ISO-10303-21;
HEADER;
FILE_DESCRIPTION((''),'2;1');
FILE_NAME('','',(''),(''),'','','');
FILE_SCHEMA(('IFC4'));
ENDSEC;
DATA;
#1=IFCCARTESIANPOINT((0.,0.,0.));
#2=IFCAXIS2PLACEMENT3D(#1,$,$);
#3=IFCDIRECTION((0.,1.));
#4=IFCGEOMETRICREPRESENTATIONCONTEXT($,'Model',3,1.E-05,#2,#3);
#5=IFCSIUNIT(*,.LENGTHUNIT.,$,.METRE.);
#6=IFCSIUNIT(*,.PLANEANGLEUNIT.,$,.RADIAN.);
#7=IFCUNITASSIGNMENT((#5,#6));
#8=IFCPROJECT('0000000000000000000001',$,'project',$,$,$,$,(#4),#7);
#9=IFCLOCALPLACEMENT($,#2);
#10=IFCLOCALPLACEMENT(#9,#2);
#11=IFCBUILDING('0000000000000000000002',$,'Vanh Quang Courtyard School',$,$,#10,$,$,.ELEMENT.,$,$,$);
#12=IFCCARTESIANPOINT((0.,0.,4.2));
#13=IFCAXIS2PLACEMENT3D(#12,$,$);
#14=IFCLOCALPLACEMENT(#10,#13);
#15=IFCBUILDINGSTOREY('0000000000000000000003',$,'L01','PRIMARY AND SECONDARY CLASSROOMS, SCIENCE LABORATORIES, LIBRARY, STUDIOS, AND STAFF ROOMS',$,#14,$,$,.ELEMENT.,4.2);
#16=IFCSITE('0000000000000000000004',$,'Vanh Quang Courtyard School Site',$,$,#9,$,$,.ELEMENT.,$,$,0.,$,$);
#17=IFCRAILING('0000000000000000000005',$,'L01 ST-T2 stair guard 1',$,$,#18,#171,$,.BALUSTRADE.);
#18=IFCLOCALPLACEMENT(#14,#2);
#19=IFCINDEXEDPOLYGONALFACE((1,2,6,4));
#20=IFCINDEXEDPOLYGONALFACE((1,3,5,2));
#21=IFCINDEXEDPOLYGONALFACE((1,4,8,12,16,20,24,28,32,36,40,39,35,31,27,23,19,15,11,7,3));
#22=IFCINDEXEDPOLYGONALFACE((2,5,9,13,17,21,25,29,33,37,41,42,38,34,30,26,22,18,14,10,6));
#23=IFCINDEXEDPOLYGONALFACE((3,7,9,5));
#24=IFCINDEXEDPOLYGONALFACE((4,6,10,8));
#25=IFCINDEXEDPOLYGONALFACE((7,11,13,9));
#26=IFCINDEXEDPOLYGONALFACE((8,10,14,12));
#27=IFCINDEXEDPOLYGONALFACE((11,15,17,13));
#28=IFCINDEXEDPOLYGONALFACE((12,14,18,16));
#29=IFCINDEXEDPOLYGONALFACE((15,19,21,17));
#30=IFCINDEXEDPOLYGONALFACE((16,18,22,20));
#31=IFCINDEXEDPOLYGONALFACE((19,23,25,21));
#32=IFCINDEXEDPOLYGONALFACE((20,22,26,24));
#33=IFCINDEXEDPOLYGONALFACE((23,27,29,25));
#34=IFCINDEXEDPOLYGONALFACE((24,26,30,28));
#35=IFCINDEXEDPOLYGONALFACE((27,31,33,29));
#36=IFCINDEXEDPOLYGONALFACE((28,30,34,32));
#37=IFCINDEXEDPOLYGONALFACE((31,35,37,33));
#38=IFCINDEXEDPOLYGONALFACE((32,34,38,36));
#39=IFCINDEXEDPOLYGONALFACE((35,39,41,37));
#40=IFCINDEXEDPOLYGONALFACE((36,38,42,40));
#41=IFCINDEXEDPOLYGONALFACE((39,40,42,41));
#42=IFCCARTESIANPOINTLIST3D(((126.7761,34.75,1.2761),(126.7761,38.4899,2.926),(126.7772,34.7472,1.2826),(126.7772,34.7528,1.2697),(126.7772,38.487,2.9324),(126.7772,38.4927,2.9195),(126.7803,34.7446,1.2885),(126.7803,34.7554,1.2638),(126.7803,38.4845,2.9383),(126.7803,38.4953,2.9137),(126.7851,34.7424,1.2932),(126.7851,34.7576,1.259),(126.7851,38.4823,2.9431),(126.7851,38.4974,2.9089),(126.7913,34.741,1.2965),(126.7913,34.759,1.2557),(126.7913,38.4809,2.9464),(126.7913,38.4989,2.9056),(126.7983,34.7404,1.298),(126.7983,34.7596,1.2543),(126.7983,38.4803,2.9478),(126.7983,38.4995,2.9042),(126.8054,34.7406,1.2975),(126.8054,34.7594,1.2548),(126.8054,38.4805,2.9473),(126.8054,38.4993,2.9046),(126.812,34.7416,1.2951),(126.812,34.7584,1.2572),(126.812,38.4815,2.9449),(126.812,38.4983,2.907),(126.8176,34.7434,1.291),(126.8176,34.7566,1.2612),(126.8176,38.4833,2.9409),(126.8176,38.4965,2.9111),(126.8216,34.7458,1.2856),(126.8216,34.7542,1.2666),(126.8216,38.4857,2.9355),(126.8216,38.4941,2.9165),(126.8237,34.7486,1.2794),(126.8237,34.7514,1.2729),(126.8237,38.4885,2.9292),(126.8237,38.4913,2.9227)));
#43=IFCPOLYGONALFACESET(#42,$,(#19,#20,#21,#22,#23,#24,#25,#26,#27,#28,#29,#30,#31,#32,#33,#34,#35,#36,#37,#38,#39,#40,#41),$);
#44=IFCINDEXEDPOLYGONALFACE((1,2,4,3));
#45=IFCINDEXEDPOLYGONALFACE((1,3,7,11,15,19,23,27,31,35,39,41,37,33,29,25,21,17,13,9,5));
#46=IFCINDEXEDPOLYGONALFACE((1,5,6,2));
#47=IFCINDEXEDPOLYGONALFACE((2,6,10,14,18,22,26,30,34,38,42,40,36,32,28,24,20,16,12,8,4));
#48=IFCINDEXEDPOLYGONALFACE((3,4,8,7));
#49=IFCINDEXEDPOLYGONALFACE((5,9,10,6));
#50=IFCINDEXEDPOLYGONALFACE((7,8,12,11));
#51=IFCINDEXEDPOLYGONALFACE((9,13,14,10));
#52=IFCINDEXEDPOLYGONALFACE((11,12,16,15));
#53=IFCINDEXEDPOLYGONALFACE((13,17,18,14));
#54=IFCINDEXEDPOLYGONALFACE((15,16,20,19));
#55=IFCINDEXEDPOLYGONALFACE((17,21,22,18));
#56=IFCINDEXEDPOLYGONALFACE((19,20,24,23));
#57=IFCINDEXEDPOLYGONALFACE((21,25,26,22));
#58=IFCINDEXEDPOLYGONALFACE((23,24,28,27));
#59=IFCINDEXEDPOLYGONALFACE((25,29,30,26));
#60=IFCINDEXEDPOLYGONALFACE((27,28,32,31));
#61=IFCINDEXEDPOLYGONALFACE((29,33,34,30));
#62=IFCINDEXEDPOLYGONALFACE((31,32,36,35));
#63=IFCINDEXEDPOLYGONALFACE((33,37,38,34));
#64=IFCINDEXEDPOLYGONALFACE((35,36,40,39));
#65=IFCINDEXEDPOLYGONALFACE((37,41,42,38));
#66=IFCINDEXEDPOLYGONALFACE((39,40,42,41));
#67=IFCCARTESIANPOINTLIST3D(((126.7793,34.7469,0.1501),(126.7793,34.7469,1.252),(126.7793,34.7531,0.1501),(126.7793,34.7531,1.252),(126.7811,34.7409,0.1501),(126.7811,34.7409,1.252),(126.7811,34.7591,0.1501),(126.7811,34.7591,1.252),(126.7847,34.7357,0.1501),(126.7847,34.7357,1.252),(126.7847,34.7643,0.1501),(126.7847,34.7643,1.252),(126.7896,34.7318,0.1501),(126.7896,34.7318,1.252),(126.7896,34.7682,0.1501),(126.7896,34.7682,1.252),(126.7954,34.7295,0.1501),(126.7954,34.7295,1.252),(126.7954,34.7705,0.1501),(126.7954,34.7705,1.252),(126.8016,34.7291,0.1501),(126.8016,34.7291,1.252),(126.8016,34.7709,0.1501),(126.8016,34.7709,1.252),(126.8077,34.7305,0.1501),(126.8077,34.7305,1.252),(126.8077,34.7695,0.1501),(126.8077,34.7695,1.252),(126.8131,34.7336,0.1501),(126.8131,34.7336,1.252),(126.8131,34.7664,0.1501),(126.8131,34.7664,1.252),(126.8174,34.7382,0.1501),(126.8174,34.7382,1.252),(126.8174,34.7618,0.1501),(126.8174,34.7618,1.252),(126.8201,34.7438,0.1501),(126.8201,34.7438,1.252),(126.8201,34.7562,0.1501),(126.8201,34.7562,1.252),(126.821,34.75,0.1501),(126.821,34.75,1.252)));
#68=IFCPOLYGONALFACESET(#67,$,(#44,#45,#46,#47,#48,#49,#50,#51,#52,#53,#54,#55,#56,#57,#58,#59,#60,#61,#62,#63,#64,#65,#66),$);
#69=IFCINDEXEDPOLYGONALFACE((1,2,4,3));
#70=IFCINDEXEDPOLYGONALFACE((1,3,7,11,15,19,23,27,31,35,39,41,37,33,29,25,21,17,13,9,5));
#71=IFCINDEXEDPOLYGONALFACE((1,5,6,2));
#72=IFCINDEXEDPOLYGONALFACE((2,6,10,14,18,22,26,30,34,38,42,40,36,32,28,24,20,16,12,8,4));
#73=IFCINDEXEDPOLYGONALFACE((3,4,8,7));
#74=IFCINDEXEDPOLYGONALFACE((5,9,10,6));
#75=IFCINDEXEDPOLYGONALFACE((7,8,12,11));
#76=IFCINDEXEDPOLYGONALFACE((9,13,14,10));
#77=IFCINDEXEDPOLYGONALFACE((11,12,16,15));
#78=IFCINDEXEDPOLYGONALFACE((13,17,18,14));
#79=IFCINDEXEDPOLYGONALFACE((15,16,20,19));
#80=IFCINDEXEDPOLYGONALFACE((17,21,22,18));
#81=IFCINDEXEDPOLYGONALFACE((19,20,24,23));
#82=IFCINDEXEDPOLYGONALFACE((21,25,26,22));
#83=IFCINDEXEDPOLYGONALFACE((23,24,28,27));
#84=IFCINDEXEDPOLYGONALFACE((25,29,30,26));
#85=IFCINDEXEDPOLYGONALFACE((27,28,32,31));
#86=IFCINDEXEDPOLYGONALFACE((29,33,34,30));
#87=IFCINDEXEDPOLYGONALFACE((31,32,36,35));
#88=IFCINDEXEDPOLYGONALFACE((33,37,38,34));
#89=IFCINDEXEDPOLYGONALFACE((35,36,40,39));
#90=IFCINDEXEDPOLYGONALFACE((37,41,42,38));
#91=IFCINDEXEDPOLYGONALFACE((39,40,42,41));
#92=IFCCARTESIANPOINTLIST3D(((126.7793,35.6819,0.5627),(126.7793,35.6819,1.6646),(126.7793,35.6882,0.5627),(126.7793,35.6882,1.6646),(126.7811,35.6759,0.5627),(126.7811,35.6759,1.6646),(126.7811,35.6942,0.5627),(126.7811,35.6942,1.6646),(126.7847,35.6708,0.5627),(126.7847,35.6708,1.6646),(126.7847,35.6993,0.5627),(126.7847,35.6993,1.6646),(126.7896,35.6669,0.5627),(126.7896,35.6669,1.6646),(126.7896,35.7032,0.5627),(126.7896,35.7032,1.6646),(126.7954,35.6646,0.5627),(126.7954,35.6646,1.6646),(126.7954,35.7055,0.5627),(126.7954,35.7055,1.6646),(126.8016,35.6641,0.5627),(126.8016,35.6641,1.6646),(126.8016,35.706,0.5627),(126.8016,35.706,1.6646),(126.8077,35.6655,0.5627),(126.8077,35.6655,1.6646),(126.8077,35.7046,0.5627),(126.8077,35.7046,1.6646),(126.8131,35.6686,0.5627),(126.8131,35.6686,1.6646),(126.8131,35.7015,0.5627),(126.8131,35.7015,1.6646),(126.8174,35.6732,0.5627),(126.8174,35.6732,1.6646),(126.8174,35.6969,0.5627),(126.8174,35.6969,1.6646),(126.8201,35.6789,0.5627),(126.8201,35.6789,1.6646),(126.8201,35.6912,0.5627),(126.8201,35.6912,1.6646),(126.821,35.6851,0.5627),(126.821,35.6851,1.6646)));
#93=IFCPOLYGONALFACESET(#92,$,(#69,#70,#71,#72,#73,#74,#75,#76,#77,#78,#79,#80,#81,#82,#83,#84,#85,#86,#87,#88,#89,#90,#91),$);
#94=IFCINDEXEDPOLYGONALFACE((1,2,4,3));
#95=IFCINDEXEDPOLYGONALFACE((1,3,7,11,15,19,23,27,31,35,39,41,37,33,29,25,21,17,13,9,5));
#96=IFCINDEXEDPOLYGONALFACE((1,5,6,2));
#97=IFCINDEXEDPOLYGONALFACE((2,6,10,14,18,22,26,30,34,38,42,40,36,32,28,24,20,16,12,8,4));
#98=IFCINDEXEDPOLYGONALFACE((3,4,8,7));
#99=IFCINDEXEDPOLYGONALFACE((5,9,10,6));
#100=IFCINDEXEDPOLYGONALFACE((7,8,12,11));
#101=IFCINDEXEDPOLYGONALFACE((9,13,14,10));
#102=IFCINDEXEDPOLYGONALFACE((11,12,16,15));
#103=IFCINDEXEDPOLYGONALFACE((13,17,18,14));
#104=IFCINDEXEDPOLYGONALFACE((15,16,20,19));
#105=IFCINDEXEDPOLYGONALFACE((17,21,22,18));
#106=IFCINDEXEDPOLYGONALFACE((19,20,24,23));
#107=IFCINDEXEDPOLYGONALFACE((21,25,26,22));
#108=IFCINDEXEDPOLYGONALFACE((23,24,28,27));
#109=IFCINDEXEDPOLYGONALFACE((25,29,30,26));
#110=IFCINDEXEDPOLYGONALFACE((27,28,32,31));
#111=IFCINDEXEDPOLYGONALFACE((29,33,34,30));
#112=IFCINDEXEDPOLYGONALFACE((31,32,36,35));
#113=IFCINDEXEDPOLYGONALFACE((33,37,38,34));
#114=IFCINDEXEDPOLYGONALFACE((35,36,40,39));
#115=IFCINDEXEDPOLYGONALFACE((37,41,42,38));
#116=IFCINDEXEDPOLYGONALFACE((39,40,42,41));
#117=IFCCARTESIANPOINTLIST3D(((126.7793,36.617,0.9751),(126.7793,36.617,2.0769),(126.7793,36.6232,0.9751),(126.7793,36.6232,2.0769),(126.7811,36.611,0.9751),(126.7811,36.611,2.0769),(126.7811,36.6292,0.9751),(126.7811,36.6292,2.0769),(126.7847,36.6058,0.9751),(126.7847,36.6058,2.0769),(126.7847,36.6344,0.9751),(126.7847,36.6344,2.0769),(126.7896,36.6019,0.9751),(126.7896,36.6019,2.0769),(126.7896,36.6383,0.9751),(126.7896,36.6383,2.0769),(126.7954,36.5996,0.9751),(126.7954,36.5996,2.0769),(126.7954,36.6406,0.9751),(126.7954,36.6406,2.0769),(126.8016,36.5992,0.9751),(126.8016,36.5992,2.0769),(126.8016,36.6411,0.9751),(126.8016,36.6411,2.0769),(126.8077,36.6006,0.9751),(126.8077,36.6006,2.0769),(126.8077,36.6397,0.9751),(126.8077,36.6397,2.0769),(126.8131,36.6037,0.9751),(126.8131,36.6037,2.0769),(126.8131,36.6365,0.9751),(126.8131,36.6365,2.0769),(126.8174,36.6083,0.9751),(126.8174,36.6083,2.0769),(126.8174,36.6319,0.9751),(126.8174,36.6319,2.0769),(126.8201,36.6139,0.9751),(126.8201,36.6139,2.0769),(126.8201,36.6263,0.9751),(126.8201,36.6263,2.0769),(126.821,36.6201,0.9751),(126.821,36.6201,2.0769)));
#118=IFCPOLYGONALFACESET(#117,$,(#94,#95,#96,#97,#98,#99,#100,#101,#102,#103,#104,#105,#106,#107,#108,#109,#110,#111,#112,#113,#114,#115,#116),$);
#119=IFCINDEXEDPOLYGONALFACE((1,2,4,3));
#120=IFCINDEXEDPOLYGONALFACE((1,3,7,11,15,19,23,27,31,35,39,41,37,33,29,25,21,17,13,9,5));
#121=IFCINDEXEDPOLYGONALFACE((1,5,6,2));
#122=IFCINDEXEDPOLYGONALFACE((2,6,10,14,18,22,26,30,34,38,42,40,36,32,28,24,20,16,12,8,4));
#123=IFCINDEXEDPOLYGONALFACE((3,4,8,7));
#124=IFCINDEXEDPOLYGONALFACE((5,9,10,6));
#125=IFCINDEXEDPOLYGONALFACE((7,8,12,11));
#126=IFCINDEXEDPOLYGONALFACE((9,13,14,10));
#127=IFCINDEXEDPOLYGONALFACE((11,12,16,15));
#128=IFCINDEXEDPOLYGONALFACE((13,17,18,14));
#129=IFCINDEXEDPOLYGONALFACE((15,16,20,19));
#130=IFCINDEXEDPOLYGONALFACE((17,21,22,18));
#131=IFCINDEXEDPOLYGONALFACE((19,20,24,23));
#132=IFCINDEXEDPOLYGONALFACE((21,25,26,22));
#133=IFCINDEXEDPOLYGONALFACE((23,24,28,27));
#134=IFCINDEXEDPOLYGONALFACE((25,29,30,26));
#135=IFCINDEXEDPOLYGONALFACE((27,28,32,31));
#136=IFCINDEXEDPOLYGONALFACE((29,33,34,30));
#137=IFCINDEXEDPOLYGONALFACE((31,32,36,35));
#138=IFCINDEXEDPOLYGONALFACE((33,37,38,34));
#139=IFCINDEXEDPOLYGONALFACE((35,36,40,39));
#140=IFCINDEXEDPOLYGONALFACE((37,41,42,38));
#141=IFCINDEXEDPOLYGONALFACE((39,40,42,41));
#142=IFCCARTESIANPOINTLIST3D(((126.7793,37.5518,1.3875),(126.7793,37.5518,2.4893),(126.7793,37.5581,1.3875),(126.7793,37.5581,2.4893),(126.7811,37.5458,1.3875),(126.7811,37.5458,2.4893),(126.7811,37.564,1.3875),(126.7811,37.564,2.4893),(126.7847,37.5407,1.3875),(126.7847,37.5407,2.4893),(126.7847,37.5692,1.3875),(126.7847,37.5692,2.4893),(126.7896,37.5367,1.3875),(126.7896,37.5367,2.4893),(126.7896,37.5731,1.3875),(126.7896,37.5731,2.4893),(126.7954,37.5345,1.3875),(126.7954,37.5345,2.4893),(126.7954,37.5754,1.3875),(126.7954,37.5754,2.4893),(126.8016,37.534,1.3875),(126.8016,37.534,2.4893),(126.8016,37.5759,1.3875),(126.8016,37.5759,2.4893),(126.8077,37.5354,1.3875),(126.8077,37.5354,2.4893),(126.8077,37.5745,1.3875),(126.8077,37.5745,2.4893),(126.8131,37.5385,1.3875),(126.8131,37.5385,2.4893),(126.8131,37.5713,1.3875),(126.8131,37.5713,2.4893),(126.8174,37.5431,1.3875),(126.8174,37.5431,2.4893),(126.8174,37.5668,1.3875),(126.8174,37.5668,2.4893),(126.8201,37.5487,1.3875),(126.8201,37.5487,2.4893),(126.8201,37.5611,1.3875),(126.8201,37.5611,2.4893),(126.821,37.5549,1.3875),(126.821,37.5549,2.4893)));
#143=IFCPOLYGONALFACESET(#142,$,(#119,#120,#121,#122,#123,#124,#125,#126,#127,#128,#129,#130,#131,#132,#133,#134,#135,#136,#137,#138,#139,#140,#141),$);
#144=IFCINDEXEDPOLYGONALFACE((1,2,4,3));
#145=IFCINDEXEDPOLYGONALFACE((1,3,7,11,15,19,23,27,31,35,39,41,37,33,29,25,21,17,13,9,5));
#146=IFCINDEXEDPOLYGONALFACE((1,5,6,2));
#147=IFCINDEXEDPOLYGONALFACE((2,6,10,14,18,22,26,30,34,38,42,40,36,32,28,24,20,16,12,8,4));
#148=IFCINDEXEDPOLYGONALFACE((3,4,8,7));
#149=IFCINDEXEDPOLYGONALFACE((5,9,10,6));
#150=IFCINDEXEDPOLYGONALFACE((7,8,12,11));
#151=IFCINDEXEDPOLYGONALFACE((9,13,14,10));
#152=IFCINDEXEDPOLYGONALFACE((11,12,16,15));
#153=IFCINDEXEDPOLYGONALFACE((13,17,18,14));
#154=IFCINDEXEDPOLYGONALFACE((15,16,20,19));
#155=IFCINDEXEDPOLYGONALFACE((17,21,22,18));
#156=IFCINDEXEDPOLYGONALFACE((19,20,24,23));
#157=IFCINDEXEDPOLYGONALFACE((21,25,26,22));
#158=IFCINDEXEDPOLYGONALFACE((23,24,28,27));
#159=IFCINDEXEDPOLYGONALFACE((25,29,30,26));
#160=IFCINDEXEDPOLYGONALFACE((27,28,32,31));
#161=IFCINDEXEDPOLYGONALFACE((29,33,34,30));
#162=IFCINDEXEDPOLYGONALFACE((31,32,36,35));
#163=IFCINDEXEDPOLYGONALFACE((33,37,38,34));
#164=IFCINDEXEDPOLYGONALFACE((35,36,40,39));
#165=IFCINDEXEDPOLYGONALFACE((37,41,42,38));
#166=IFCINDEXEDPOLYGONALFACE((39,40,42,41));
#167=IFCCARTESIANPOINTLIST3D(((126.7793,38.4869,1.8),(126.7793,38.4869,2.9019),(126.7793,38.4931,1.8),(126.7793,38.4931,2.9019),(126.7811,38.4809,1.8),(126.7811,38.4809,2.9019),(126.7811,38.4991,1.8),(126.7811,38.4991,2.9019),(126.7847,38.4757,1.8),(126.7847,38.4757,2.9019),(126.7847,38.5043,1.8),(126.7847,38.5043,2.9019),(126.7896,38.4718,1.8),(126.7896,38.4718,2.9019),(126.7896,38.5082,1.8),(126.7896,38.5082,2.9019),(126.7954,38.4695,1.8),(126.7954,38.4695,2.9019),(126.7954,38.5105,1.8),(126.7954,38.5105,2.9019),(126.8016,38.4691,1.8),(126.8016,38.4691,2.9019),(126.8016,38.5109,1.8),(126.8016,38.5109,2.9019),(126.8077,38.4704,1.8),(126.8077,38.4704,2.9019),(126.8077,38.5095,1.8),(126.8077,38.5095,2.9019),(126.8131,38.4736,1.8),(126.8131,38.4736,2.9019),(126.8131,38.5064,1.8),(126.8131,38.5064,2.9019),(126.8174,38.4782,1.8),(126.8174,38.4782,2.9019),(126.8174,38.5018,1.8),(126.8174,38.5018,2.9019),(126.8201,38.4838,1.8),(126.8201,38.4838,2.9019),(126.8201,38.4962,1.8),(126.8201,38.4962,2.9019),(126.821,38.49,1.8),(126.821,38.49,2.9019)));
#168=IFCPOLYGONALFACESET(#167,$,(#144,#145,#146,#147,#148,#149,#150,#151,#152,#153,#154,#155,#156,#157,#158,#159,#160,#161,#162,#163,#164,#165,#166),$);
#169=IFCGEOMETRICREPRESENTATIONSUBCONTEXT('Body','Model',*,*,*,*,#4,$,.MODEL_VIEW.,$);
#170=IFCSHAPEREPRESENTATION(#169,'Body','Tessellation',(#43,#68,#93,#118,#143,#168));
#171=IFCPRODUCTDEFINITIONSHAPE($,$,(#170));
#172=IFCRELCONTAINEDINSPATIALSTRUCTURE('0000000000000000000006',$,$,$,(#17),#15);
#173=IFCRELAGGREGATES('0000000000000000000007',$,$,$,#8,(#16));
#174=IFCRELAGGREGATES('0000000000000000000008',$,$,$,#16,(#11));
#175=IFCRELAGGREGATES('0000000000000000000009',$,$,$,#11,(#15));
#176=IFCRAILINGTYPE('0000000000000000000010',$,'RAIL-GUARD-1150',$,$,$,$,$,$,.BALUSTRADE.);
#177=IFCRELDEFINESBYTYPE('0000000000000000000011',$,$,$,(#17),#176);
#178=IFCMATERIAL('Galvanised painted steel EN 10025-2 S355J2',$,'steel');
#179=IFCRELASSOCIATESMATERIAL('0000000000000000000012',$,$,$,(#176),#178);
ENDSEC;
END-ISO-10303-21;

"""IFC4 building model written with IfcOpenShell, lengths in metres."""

from ifc_helpers import new_model, si_unit, direction, frame, origin, origin_2d, place, context, subcontext, project, spatial, circle, extrude, material, type_object, element, save


model = new_model("IFC4")

# Units and contexts
model_context = context("Model", 3, precision=1e-05, world=origin(), true_north=direction((0.0, 1.0)))
body_context = subcontext(model_context, "Body", "Model", "MODEL_VIEW")
ifc_project = project(units=[si_unit("LENGTHUNIT", "METRE"), si_unit("PLANEANGLEUNIT", "RADIAN")], contexts=[model_context])

# Site, building, storey
site_placement = place(None, origin())
site = spatial("IfcSite", under=ifc_project, at=site_placement, Name="Vanh Quang Courtyard School Site", CompositionType="ELEMENT", RefElevation=0.0)
building_placement = place(site_placement, origin())
building = spatial("IfcBuilding", under=site, at=building_placement, Name="Vanh Quang Courtyard School", CompositionType="ELEMENT")
storey_placement = place(building_placement, frame((0.0, 0.0, 4.2)))
storey = spatial("IfcBuildingStorey", under=building, at=storey_placement, Name="L01", Description="PRIMARY AND SECONDARY CLASSROOMS, SCIENCE LABORATORIES, LIBRARY, STUDIOS, AND STAFF ROOMS", CompositionType="ELEMENT", Elevation=4.2)

# Railing
ifc_material_1 = material(Name="Galvanised painted steel EN 10025-2 S355J2", Category="steel")
railing_type_1 = type_object("IfcRailingType", Name="RAIL-GUARD-1150", PredefinedType="BALUSTRADE", material=ifc_material_1)
railing_1_placement = place(storey_placement, frame((126.8, 34.75, 0.1501)))
element("IfcRailing", 1, at=railing_1_placement, inside=storey, type_object=railing_type_1, Name="L01 ST-T2 stair guard 1", PredefinedType="BALUSTRADE", context=body_context, shape_type="SweptSolid", body=[
    extrude(circle(Radius=0.0239, at=origin_2d()), frame((0.0, 0.0, 1.126), z_axis=(0.0, 0.914926, 0.403621), x_axis=(-1.0, 0.0, 0.0)), (0.0, 0.0, 1.0), 4.0876),
    extrude(circle(Radius=0.021, at=origin_2d()), origin(), (0.0, 0.0, 1.0), 1.1018),
    extrude(circle(Radius=0.021, at=origin_2d()), frame((0.0, 0.9351, 0.4126)), (0.0, 0.0, 1.0), 1.1018),
    extrude(circle(Radius=0.021, at=origin_2d()), frame((0.0, 1.8701, 0.825)), (0.0, 0.0, 1.0), 1.1018),
    extrude(circle(Radius=0.021, at=origin_2d()), frame((0.0, 2.8049, 1.2373)), (0.0, 0.0, 1.0), 1.1018),
    extrude(circle(Radius=0.021, at=origin_2d()), frame((0.0, 3.74, 1.6499)), (0.0, 0.0, 1.0), 1.1018),
])

save(model, "model.ifc")
